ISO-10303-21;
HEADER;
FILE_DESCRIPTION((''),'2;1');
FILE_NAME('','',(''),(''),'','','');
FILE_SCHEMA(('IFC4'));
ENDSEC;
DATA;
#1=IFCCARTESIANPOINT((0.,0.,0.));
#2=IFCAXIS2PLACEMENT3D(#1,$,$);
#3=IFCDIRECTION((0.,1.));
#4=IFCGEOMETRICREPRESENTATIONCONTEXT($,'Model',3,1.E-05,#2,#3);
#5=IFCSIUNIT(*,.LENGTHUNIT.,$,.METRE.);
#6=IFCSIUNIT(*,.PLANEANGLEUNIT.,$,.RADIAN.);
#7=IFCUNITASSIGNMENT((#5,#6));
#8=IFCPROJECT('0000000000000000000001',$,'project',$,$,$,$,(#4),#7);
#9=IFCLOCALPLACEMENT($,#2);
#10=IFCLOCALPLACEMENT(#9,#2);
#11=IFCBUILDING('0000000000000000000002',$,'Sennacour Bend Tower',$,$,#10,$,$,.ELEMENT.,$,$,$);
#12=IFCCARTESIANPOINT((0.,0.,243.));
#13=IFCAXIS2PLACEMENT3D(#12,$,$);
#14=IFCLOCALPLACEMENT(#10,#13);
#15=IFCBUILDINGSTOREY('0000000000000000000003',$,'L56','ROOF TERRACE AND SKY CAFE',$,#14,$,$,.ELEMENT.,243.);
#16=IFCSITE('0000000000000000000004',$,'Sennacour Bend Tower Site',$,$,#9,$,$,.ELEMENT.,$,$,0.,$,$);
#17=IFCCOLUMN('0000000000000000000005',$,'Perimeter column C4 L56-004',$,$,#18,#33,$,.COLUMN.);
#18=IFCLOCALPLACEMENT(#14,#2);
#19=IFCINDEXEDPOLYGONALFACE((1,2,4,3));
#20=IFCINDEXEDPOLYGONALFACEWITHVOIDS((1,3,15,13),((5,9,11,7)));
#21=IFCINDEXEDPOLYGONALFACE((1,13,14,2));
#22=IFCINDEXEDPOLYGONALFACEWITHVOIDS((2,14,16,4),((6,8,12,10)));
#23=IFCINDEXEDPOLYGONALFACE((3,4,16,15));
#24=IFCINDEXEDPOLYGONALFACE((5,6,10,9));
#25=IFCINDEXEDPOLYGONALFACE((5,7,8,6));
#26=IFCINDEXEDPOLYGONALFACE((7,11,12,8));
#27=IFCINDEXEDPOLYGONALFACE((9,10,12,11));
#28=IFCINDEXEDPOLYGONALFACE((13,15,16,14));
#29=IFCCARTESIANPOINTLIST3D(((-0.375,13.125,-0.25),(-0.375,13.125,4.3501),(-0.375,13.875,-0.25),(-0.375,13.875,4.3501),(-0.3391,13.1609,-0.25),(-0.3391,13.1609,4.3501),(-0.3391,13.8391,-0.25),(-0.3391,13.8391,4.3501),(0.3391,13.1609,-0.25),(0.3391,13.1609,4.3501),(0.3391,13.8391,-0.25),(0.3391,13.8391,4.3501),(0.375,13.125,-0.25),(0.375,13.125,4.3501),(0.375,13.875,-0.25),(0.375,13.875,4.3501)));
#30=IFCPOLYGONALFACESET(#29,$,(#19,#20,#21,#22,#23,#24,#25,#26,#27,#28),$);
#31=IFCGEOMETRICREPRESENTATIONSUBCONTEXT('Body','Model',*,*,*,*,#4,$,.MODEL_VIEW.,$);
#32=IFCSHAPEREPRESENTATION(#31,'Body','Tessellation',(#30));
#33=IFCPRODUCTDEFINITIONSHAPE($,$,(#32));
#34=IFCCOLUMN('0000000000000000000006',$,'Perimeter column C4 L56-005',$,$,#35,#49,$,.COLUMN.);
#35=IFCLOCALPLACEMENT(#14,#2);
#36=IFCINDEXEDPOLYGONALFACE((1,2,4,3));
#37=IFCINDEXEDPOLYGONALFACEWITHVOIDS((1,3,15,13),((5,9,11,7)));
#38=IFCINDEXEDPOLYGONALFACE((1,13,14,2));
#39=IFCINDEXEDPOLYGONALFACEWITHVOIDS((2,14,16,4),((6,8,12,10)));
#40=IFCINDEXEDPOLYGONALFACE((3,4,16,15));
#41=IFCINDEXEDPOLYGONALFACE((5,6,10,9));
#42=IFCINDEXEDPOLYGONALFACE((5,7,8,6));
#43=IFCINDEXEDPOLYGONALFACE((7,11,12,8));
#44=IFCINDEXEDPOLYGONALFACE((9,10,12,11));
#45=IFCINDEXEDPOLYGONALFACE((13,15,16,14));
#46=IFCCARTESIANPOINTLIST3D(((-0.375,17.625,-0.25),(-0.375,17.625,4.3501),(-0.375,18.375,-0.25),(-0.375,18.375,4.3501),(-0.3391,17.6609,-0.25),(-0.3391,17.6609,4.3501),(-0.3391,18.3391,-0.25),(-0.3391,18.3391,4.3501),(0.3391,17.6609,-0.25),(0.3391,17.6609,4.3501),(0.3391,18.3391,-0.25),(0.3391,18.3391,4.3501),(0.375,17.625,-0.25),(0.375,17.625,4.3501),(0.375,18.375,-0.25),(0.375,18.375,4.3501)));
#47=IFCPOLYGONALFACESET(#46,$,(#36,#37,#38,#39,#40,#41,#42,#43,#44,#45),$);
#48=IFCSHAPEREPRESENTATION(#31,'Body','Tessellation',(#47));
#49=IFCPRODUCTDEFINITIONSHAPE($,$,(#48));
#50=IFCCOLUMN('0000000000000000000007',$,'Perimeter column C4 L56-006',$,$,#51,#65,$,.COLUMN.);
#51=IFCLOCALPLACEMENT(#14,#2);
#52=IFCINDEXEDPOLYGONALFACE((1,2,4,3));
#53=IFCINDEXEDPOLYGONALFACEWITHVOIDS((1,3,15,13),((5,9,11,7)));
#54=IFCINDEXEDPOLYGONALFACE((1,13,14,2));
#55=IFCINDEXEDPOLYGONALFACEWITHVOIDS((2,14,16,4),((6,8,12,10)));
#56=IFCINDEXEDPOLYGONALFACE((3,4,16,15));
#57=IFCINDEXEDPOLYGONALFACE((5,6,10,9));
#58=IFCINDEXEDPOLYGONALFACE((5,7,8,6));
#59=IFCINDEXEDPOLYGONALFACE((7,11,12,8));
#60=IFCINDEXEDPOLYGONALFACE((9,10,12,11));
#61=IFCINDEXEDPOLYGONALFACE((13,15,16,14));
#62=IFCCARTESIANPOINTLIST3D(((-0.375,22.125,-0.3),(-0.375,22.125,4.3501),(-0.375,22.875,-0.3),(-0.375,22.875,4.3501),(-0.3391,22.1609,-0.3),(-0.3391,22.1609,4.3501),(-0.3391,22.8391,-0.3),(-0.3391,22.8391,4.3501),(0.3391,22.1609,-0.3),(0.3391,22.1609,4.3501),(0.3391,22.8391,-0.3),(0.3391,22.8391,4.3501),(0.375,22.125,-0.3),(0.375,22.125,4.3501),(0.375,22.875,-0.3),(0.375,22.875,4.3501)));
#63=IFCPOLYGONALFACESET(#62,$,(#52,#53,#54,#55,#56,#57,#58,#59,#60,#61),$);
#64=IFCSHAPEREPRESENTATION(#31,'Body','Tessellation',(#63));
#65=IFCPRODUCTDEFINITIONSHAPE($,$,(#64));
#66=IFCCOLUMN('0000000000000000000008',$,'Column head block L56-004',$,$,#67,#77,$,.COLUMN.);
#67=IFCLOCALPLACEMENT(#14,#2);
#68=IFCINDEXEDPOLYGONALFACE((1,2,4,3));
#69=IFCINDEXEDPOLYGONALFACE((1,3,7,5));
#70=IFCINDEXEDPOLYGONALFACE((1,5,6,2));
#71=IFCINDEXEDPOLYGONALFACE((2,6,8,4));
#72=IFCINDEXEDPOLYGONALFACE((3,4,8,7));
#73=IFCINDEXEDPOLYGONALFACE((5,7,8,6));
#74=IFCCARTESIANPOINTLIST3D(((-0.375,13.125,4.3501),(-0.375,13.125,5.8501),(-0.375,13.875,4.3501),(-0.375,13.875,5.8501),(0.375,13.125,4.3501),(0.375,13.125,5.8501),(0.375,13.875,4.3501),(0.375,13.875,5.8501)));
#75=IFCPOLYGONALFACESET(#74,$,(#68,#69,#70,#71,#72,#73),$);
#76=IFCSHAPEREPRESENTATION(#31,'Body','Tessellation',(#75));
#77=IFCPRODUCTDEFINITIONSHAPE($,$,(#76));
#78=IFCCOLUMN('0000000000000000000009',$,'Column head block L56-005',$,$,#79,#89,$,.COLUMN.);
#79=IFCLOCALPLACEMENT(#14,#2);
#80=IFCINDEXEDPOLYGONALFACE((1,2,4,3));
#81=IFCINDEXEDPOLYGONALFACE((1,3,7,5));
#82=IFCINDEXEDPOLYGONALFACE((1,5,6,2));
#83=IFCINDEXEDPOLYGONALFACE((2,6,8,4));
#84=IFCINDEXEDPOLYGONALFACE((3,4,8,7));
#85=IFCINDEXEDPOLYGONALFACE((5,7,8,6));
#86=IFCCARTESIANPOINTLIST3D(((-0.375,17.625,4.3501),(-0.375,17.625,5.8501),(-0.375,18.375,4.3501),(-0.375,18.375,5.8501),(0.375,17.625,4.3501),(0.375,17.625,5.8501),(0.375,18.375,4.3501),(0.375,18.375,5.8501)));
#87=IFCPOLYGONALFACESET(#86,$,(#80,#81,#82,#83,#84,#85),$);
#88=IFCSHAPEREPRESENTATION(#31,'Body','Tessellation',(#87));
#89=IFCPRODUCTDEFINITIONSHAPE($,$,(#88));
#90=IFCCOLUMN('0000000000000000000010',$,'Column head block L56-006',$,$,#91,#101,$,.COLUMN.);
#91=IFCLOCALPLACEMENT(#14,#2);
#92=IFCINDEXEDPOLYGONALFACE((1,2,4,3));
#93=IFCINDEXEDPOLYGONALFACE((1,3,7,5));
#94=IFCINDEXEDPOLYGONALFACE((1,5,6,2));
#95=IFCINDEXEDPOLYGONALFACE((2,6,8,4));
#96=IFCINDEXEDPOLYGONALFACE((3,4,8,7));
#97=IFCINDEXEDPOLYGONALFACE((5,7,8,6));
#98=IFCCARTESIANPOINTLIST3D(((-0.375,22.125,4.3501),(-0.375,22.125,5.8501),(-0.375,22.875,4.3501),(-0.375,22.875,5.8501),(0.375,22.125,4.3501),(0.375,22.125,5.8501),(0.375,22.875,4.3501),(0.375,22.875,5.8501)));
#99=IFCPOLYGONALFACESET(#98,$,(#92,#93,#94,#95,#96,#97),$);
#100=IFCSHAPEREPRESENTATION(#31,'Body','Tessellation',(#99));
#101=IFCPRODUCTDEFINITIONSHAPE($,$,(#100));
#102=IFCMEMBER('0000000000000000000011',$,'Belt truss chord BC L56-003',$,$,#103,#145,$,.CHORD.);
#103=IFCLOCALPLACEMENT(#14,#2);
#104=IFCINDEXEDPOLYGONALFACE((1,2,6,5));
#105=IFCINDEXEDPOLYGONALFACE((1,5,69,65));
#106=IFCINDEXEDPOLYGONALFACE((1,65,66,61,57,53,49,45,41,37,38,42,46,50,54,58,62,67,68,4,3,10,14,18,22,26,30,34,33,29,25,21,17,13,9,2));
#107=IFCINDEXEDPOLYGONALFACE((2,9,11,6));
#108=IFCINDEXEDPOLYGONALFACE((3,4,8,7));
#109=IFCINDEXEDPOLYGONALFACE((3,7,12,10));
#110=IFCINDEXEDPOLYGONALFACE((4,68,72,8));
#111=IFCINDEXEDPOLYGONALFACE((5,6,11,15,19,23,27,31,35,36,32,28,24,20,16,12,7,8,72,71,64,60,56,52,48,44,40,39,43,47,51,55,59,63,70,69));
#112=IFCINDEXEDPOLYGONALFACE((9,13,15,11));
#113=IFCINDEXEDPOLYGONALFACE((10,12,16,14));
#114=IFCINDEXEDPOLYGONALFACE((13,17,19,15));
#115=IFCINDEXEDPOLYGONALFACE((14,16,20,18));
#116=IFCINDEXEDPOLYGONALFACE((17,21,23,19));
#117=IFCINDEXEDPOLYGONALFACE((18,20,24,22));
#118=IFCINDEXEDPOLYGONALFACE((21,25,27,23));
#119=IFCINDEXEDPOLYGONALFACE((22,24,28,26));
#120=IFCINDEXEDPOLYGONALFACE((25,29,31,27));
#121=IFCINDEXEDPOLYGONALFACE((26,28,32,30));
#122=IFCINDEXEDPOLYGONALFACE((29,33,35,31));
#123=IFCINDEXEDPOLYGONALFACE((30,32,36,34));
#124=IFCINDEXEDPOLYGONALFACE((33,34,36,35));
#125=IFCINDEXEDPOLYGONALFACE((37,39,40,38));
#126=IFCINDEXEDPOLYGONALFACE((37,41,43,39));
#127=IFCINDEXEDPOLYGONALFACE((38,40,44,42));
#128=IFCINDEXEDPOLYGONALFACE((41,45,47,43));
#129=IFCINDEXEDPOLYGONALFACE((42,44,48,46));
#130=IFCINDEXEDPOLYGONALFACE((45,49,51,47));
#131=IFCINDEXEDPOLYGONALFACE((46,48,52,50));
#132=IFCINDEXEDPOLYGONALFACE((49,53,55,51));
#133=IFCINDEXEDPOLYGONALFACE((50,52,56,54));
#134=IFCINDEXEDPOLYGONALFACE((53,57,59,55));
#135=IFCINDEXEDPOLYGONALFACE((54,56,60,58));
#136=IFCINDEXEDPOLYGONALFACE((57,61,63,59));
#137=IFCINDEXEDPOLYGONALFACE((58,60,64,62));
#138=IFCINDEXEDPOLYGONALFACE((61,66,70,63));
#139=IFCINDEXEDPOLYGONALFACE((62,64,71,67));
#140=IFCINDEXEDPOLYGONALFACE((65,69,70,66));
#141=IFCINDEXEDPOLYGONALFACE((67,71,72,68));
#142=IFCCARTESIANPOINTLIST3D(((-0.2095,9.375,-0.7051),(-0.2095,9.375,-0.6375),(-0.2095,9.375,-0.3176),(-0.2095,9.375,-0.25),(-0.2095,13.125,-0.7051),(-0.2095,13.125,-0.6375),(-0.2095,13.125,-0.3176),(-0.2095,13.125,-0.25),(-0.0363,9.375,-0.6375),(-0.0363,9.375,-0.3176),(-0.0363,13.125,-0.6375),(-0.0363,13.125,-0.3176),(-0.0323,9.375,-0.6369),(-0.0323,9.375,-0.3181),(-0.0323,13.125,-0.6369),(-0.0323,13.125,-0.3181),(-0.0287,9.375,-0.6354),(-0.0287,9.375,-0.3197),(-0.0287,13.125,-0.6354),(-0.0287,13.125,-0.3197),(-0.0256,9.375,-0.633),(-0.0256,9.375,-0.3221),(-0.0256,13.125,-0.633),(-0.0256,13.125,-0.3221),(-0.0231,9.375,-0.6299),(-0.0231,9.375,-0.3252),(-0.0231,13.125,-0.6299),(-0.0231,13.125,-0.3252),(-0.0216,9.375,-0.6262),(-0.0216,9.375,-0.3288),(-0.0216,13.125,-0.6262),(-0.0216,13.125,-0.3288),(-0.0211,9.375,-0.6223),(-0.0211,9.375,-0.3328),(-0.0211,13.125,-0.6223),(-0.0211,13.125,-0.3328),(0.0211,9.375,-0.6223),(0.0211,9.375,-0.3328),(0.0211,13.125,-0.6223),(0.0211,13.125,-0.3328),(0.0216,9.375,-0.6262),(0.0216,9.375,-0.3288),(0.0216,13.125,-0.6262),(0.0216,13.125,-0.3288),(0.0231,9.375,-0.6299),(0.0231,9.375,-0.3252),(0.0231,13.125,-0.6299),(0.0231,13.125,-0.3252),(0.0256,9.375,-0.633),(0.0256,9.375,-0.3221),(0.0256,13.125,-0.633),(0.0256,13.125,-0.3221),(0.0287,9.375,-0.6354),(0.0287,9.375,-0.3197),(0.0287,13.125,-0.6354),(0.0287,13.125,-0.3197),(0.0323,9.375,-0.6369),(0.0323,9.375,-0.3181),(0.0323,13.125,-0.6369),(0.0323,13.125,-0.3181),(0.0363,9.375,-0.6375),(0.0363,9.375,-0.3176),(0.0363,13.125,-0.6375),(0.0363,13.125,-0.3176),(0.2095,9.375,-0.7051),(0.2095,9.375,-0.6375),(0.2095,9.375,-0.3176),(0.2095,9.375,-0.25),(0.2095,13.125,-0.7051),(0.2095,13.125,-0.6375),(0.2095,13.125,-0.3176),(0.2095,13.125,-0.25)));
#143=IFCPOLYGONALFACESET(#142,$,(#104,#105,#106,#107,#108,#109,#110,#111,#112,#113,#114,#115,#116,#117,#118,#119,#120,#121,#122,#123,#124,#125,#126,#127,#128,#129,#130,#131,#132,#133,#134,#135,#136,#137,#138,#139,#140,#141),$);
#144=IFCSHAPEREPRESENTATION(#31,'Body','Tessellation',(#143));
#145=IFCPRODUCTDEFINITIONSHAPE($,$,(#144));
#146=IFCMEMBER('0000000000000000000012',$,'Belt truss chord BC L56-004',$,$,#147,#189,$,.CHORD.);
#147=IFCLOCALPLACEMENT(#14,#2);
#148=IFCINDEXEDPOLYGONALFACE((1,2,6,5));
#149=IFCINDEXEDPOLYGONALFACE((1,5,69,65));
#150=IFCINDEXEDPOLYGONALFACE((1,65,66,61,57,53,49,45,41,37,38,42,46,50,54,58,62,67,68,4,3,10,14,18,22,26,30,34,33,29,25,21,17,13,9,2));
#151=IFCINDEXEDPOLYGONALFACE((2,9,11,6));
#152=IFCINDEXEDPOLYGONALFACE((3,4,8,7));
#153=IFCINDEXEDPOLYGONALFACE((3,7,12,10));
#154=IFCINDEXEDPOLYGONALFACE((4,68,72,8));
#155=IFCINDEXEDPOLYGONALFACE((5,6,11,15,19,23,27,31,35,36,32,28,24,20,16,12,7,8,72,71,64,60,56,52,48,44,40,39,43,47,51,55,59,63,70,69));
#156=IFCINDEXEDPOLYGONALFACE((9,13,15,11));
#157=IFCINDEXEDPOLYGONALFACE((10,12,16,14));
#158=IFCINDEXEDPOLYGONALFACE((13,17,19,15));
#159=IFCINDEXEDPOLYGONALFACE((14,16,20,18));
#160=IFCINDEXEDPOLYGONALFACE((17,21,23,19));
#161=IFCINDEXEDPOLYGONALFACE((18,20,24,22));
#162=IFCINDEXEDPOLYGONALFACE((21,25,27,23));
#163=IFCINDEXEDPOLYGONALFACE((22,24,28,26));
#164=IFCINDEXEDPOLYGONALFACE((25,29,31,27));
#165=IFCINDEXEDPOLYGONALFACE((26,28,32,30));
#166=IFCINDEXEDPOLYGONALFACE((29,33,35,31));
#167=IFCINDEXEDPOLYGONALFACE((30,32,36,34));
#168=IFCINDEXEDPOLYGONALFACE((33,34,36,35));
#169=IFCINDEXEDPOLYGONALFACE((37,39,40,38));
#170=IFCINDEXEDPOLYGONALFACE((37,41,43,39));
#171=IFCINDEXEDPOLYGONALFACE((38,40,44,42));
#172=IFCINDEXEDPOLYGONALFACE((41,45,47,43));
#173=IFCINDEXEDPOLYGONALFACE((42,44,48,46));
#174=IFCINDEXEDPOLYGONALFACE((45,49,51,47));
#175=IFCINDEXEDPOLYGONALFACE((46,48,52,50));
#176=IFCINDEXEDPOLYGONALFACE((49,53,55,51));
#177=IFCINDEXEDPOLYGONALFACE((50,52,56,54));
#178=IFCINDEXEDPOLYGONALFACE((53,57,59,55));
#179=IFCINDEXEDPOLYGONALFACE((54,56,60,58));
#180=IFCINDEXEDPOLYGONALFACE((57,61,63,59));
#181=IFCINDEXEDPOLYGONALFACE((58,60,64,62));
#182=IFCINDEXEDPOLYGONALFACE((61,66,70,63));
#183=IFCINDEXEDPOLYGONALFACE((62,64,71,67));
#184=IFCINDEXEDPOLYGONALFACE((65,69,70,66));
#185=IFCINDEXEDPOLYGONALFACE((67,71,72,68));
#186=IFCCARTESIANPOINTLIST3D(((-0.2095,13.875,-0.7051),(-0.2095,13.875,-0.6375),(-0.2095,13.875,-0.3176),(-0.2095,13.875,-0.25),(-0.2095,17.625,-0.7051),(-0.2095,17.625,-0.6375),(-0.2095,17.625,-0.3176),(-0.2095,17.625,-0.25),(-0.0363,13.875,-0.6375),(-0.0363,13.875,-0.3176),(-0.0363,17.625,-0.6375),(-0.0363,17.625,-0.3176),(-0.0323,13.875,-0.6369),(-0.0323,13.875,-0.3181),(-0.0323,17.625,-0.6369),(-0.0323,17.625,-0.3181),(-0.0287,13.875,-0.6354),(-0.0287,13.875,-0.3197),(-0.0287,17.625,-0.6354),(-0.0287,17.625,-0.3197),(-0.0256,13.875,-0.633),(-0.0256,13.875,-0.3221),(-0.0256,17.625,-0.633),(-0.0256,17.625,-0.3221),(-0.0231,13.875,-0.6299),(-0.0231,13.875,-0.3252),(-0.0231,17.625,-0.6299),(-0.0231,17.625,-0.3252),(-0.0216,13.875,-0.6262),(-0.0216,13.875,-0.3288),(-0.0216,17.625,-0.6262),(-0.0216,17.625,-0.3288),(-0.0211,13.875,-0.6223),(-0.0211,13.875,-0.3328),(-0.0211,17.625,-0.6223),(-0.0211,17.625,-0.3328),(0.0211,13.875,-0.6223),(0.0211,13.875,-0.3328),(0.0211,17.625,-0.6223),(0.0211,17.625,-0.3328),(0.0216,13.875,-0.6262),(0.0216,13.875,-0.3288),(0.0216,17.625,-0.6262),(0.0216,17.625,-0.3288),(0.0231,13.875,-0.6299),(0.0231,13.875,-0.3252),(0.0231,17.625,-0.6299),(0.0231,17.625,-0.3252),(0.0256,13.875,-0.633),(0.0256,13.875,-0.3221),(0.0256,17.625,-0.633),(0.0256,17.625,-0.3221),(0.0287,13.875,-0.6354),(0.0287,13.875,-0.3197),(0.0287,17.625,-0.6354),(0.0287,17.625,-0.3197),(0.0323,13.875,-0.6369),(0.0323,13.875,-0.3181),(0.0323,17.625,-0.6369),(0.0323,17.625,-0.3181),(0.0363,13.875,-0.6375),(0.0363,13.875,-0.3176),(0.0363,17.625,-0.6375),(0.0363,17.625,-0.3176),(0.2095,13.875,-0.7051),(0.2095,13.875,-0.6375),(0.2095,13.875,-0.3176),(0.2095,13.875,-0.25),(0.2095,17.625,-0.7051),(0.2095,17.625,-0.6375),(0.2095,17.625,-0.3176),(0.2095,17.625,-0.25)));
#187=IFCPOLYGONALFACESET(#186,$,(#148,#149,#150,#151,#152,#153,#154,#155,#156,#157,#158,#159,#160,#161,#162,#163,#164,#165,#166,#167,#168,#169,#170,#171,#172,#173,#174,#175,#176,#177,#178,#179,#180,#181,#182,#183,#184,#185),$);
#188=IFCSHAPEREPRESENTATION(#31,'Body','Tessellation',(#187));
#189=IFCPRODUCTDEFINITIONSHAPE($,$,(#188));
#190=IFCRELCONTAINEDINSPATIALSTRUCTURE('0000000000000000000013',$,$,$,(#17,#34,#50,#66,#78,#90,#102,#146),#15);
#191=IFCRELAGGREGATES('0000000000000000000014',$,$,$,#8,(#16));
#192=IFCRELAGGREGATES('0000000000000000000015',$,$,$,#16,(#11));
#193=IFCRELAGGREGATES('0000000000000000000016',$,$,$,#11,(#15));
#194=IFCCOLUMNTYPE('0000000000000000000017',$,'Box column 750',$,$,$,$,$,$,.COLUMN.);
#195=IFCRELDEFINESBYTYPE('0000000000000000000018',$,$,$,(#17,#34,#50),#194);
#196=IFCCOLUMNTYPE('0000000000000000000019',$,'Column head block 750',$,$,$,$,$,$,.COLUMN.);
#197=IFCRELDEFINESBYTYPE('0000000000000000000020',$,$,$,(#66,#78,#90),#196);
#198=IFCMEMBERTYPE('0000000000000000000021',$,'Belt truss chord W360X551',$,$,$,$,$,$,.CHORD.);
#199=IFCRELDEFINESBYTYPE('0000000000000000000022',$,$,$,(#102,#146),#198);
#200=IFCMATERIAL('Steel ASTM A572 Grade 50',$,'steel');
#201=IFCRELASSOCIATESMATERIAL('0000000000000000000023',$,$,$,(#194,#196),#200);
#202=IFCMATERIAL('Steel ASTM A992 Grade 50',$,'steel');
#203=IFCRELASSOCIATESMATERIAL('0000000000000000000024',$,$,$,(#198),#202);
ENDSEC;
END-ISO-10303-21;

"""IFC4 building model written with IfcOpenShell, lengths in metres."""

from ifc_helpers import new_model, si_unit, direction, frame, origin, origin_2d, place, context, subcontext, project, spatial, rectangle, hollow_rectangle, i_section, extrude, material, material_profile, profile_set, type_object, element, save


model = new_model("IFC4")

# Units and contexts
model_context = context("Model", 3, precision=1e-05, world=origin(), true_north=direction((0.0, 1.0)))
body_context = subcontext(model_context, "Body", "Model", "MODEL_VIEW")
ifc_project = project(units=[si_unit("LENGTHUNIT", "METRE"), si_unit("PLANEANGLEUNIT", "RADIAN")], contexts=[model_context])

# Site, building, storey
site_placement = place(None, origin())
site = spatial("IfcSite", under=ifc_project, at=site_placement, Name="Sennacour Bend Tower Site", CompositionType="ELEMENT", RefElevation=0.0)
building_placement = place(site_placement, origin())
building = spatial("IfcBuilding", under=site, at=building_placement, Name="Sennacour Bend Tower", CompositionType="ELEMENT")
storey_placement = place(building_placement, frame((0.0, 0.0, 243.0)))
storey = spatial("IfcBuildingStorey", under=building, at=storey_placement, Name="L56", Description="ROOF TERRACE AND SKY CAFE", CompositionType="ELEMENT", Elevation=243.0)

# Columns
ifc_material_1 = material(Name="Steel ASTM A572 Grade 50", Category="steel")
ifc_material_profile_1 = material_profile(ifc_material_1, hollow_rectangle(XDim=0.75, YDim=0.75, WallThickness=0.0359, at=origin_2d()), Name="Steel ASTM A572 Grade 50", Category="steel")
ifc_profile_set_1 = profile_set([ifc_material_profile_1], Name="Steel ASTM A572 Grade 50")
column_type_1 = type_object("IfcColumnType", Name="Box column 750", PredefinedType="COLUMN", material=ifc_profile_set_1)
for number, where, z_axis, x_axis, name in (
    (1, (0.0, 13.5, -0.25), (0.0, 0.0, 1.0), (1.0, 0.0, 0.0), "Perimeter column C4 L56-004"),
    (2, (0.0, 18.0, -0.25), (0.0, 0.0, 1.0), (1.0, 0.0, 0.0), "Perimeter column C4 L56-005"),
):
    element("IfcColumn", number, at=place(storey_placement, frame(where, z_axis=z_axis, x_axis=x_axis)), inside=storey, type_object=column_type_1, Name=name, PredefinedType="COLUMN", context=body_context, shape_type="SweptSolid", body=[
        extrude(hollow_rectangle(XDim=0.75, YDim=0.75, WallThickness=0.0359, at=origin_2d()), origin(), (0.0, 0.0, 1.0), 4.6001),
    ])
column_placement = place(storey_placement, frame((0.0, 22.5, -0.3), z_axis=(0.0, 0.0, 1.0), x_axis=(1.0, 0.0, 0.0)))
element("IfcColumn", 3, at=column_placement, inside=storey, type_object=column_type_1, Name="Perimeter column C4 L56-006", PredefinedType="COLUMN", context=body_context, shape_type="SweptSolid", body=[
    extrude(hollow_rectangle(XDim=0.75, YDim=0.75, WallThickness=0.0359, at=origin_2d()), origin(), (0.0, 0.0, 1.0), 4.6501),
])
ifc_material_profile_2 = material_profile(ifc_material_1, rectangle(XDim=0.75, YDim=0.75, at=origin_2d()), Name="Steel ASTM A572 Grade 50", Category="steel")
ifc_profile_set_2 = profile_set([ifc_material_profile_2], Name="Steel ASTM A572 Grade 50")
column_type_2 = type_object("IfcColumnType", Name="Column head block 750", PredefinedType="COLUMN", material=ifc_profile_set_2)
for number, where, z_axis, x_axis, name in (
    (4, (0.0, 13.5, 4.3501), (0.0, 0.0, 1.0), (1.0, 0.0, 0.0), "Column head block L56-004"),
    (5, (0.0, 18.0, 4.3501), (0.0, 0.0, 1.0), (1.0, 0.0, 0.0), "Column head block L56-005"),
    (6, (0.0, 22.5, 4.3501), (0.0, 0.0, 1.0), (1.0, 0.0, 0.0), "Column head block L56-006"),
):
    element("IfcColumn", number, at=place(storey_placement, frame(where, z_axis=z_axis, x_axis=x_axis)), inside=storey, type_object=column_type_2, Name=name, PredefinedType="COLUMN", context=body_context, shape_type="SweptSolid", body=[
        extrude(rectangle(XDim=0.75, YDim=0.75, at=origin_2d()), origin(), (0.0, 0.0, 1.0), 1.5),
    ])

# Members
ifc_material_2 = material(Name="Steel ASTM A992 Grade 50", Category="steel")
ifc_material_profile_3 = material_profile(ifc_material_2, i_section(OverallWidth=0.4189, OverallDepth=0.4551, WebThickness=0.0422, FlangeThickness=0.0676, FilletRadius=0.0151, at=origin_2d()), Name="Steel ASTM A992 Grade 50", Category="steel")
ifc_profile_set_3 = profile_set([ifc_material_profile_3], Name="Steel ASTM A992 Grade 50")
member_type_1 = type_object("IfcMemberType", Name="Belt truss chord W360X551", PredefinedType="CHORD", material=ifc_profile_set_3)
for number, where, z_axis, x_axis, name in (
    (7, (0.0, 9.375, -0.4775), (0.0, 1.0, 0.0), (-1.0, 0.0, 0.0), "Belt truss chord BC L56-003"),
    (8, (0.0, 13.875, -0.4775), (0.0, 1.0, 0.0), (-1.0, 0.0, 0.0), "Belt truss chord BC L56-004"),
):
    element("IfcMember", number, at=place(storey_placement, frame(where, z_axis=z_axis, x_axis=x_axis)), inside=storey, type_object=member_type_1, Name=name, PredefinedType="CHORD", context=body_context, shape_type="SweptSolid", body=[
        extrude(i_section(OverallWidth=0.4189, OverallDepth=0.4551, WebThickness=0.0422, FlangeThickness=0.0676, FilletRadius=0.0151, at=origin_2d()), origin(), (0.0, 0.0, 1.0), 3.75),
    ])

save(model, "model.ifc")
